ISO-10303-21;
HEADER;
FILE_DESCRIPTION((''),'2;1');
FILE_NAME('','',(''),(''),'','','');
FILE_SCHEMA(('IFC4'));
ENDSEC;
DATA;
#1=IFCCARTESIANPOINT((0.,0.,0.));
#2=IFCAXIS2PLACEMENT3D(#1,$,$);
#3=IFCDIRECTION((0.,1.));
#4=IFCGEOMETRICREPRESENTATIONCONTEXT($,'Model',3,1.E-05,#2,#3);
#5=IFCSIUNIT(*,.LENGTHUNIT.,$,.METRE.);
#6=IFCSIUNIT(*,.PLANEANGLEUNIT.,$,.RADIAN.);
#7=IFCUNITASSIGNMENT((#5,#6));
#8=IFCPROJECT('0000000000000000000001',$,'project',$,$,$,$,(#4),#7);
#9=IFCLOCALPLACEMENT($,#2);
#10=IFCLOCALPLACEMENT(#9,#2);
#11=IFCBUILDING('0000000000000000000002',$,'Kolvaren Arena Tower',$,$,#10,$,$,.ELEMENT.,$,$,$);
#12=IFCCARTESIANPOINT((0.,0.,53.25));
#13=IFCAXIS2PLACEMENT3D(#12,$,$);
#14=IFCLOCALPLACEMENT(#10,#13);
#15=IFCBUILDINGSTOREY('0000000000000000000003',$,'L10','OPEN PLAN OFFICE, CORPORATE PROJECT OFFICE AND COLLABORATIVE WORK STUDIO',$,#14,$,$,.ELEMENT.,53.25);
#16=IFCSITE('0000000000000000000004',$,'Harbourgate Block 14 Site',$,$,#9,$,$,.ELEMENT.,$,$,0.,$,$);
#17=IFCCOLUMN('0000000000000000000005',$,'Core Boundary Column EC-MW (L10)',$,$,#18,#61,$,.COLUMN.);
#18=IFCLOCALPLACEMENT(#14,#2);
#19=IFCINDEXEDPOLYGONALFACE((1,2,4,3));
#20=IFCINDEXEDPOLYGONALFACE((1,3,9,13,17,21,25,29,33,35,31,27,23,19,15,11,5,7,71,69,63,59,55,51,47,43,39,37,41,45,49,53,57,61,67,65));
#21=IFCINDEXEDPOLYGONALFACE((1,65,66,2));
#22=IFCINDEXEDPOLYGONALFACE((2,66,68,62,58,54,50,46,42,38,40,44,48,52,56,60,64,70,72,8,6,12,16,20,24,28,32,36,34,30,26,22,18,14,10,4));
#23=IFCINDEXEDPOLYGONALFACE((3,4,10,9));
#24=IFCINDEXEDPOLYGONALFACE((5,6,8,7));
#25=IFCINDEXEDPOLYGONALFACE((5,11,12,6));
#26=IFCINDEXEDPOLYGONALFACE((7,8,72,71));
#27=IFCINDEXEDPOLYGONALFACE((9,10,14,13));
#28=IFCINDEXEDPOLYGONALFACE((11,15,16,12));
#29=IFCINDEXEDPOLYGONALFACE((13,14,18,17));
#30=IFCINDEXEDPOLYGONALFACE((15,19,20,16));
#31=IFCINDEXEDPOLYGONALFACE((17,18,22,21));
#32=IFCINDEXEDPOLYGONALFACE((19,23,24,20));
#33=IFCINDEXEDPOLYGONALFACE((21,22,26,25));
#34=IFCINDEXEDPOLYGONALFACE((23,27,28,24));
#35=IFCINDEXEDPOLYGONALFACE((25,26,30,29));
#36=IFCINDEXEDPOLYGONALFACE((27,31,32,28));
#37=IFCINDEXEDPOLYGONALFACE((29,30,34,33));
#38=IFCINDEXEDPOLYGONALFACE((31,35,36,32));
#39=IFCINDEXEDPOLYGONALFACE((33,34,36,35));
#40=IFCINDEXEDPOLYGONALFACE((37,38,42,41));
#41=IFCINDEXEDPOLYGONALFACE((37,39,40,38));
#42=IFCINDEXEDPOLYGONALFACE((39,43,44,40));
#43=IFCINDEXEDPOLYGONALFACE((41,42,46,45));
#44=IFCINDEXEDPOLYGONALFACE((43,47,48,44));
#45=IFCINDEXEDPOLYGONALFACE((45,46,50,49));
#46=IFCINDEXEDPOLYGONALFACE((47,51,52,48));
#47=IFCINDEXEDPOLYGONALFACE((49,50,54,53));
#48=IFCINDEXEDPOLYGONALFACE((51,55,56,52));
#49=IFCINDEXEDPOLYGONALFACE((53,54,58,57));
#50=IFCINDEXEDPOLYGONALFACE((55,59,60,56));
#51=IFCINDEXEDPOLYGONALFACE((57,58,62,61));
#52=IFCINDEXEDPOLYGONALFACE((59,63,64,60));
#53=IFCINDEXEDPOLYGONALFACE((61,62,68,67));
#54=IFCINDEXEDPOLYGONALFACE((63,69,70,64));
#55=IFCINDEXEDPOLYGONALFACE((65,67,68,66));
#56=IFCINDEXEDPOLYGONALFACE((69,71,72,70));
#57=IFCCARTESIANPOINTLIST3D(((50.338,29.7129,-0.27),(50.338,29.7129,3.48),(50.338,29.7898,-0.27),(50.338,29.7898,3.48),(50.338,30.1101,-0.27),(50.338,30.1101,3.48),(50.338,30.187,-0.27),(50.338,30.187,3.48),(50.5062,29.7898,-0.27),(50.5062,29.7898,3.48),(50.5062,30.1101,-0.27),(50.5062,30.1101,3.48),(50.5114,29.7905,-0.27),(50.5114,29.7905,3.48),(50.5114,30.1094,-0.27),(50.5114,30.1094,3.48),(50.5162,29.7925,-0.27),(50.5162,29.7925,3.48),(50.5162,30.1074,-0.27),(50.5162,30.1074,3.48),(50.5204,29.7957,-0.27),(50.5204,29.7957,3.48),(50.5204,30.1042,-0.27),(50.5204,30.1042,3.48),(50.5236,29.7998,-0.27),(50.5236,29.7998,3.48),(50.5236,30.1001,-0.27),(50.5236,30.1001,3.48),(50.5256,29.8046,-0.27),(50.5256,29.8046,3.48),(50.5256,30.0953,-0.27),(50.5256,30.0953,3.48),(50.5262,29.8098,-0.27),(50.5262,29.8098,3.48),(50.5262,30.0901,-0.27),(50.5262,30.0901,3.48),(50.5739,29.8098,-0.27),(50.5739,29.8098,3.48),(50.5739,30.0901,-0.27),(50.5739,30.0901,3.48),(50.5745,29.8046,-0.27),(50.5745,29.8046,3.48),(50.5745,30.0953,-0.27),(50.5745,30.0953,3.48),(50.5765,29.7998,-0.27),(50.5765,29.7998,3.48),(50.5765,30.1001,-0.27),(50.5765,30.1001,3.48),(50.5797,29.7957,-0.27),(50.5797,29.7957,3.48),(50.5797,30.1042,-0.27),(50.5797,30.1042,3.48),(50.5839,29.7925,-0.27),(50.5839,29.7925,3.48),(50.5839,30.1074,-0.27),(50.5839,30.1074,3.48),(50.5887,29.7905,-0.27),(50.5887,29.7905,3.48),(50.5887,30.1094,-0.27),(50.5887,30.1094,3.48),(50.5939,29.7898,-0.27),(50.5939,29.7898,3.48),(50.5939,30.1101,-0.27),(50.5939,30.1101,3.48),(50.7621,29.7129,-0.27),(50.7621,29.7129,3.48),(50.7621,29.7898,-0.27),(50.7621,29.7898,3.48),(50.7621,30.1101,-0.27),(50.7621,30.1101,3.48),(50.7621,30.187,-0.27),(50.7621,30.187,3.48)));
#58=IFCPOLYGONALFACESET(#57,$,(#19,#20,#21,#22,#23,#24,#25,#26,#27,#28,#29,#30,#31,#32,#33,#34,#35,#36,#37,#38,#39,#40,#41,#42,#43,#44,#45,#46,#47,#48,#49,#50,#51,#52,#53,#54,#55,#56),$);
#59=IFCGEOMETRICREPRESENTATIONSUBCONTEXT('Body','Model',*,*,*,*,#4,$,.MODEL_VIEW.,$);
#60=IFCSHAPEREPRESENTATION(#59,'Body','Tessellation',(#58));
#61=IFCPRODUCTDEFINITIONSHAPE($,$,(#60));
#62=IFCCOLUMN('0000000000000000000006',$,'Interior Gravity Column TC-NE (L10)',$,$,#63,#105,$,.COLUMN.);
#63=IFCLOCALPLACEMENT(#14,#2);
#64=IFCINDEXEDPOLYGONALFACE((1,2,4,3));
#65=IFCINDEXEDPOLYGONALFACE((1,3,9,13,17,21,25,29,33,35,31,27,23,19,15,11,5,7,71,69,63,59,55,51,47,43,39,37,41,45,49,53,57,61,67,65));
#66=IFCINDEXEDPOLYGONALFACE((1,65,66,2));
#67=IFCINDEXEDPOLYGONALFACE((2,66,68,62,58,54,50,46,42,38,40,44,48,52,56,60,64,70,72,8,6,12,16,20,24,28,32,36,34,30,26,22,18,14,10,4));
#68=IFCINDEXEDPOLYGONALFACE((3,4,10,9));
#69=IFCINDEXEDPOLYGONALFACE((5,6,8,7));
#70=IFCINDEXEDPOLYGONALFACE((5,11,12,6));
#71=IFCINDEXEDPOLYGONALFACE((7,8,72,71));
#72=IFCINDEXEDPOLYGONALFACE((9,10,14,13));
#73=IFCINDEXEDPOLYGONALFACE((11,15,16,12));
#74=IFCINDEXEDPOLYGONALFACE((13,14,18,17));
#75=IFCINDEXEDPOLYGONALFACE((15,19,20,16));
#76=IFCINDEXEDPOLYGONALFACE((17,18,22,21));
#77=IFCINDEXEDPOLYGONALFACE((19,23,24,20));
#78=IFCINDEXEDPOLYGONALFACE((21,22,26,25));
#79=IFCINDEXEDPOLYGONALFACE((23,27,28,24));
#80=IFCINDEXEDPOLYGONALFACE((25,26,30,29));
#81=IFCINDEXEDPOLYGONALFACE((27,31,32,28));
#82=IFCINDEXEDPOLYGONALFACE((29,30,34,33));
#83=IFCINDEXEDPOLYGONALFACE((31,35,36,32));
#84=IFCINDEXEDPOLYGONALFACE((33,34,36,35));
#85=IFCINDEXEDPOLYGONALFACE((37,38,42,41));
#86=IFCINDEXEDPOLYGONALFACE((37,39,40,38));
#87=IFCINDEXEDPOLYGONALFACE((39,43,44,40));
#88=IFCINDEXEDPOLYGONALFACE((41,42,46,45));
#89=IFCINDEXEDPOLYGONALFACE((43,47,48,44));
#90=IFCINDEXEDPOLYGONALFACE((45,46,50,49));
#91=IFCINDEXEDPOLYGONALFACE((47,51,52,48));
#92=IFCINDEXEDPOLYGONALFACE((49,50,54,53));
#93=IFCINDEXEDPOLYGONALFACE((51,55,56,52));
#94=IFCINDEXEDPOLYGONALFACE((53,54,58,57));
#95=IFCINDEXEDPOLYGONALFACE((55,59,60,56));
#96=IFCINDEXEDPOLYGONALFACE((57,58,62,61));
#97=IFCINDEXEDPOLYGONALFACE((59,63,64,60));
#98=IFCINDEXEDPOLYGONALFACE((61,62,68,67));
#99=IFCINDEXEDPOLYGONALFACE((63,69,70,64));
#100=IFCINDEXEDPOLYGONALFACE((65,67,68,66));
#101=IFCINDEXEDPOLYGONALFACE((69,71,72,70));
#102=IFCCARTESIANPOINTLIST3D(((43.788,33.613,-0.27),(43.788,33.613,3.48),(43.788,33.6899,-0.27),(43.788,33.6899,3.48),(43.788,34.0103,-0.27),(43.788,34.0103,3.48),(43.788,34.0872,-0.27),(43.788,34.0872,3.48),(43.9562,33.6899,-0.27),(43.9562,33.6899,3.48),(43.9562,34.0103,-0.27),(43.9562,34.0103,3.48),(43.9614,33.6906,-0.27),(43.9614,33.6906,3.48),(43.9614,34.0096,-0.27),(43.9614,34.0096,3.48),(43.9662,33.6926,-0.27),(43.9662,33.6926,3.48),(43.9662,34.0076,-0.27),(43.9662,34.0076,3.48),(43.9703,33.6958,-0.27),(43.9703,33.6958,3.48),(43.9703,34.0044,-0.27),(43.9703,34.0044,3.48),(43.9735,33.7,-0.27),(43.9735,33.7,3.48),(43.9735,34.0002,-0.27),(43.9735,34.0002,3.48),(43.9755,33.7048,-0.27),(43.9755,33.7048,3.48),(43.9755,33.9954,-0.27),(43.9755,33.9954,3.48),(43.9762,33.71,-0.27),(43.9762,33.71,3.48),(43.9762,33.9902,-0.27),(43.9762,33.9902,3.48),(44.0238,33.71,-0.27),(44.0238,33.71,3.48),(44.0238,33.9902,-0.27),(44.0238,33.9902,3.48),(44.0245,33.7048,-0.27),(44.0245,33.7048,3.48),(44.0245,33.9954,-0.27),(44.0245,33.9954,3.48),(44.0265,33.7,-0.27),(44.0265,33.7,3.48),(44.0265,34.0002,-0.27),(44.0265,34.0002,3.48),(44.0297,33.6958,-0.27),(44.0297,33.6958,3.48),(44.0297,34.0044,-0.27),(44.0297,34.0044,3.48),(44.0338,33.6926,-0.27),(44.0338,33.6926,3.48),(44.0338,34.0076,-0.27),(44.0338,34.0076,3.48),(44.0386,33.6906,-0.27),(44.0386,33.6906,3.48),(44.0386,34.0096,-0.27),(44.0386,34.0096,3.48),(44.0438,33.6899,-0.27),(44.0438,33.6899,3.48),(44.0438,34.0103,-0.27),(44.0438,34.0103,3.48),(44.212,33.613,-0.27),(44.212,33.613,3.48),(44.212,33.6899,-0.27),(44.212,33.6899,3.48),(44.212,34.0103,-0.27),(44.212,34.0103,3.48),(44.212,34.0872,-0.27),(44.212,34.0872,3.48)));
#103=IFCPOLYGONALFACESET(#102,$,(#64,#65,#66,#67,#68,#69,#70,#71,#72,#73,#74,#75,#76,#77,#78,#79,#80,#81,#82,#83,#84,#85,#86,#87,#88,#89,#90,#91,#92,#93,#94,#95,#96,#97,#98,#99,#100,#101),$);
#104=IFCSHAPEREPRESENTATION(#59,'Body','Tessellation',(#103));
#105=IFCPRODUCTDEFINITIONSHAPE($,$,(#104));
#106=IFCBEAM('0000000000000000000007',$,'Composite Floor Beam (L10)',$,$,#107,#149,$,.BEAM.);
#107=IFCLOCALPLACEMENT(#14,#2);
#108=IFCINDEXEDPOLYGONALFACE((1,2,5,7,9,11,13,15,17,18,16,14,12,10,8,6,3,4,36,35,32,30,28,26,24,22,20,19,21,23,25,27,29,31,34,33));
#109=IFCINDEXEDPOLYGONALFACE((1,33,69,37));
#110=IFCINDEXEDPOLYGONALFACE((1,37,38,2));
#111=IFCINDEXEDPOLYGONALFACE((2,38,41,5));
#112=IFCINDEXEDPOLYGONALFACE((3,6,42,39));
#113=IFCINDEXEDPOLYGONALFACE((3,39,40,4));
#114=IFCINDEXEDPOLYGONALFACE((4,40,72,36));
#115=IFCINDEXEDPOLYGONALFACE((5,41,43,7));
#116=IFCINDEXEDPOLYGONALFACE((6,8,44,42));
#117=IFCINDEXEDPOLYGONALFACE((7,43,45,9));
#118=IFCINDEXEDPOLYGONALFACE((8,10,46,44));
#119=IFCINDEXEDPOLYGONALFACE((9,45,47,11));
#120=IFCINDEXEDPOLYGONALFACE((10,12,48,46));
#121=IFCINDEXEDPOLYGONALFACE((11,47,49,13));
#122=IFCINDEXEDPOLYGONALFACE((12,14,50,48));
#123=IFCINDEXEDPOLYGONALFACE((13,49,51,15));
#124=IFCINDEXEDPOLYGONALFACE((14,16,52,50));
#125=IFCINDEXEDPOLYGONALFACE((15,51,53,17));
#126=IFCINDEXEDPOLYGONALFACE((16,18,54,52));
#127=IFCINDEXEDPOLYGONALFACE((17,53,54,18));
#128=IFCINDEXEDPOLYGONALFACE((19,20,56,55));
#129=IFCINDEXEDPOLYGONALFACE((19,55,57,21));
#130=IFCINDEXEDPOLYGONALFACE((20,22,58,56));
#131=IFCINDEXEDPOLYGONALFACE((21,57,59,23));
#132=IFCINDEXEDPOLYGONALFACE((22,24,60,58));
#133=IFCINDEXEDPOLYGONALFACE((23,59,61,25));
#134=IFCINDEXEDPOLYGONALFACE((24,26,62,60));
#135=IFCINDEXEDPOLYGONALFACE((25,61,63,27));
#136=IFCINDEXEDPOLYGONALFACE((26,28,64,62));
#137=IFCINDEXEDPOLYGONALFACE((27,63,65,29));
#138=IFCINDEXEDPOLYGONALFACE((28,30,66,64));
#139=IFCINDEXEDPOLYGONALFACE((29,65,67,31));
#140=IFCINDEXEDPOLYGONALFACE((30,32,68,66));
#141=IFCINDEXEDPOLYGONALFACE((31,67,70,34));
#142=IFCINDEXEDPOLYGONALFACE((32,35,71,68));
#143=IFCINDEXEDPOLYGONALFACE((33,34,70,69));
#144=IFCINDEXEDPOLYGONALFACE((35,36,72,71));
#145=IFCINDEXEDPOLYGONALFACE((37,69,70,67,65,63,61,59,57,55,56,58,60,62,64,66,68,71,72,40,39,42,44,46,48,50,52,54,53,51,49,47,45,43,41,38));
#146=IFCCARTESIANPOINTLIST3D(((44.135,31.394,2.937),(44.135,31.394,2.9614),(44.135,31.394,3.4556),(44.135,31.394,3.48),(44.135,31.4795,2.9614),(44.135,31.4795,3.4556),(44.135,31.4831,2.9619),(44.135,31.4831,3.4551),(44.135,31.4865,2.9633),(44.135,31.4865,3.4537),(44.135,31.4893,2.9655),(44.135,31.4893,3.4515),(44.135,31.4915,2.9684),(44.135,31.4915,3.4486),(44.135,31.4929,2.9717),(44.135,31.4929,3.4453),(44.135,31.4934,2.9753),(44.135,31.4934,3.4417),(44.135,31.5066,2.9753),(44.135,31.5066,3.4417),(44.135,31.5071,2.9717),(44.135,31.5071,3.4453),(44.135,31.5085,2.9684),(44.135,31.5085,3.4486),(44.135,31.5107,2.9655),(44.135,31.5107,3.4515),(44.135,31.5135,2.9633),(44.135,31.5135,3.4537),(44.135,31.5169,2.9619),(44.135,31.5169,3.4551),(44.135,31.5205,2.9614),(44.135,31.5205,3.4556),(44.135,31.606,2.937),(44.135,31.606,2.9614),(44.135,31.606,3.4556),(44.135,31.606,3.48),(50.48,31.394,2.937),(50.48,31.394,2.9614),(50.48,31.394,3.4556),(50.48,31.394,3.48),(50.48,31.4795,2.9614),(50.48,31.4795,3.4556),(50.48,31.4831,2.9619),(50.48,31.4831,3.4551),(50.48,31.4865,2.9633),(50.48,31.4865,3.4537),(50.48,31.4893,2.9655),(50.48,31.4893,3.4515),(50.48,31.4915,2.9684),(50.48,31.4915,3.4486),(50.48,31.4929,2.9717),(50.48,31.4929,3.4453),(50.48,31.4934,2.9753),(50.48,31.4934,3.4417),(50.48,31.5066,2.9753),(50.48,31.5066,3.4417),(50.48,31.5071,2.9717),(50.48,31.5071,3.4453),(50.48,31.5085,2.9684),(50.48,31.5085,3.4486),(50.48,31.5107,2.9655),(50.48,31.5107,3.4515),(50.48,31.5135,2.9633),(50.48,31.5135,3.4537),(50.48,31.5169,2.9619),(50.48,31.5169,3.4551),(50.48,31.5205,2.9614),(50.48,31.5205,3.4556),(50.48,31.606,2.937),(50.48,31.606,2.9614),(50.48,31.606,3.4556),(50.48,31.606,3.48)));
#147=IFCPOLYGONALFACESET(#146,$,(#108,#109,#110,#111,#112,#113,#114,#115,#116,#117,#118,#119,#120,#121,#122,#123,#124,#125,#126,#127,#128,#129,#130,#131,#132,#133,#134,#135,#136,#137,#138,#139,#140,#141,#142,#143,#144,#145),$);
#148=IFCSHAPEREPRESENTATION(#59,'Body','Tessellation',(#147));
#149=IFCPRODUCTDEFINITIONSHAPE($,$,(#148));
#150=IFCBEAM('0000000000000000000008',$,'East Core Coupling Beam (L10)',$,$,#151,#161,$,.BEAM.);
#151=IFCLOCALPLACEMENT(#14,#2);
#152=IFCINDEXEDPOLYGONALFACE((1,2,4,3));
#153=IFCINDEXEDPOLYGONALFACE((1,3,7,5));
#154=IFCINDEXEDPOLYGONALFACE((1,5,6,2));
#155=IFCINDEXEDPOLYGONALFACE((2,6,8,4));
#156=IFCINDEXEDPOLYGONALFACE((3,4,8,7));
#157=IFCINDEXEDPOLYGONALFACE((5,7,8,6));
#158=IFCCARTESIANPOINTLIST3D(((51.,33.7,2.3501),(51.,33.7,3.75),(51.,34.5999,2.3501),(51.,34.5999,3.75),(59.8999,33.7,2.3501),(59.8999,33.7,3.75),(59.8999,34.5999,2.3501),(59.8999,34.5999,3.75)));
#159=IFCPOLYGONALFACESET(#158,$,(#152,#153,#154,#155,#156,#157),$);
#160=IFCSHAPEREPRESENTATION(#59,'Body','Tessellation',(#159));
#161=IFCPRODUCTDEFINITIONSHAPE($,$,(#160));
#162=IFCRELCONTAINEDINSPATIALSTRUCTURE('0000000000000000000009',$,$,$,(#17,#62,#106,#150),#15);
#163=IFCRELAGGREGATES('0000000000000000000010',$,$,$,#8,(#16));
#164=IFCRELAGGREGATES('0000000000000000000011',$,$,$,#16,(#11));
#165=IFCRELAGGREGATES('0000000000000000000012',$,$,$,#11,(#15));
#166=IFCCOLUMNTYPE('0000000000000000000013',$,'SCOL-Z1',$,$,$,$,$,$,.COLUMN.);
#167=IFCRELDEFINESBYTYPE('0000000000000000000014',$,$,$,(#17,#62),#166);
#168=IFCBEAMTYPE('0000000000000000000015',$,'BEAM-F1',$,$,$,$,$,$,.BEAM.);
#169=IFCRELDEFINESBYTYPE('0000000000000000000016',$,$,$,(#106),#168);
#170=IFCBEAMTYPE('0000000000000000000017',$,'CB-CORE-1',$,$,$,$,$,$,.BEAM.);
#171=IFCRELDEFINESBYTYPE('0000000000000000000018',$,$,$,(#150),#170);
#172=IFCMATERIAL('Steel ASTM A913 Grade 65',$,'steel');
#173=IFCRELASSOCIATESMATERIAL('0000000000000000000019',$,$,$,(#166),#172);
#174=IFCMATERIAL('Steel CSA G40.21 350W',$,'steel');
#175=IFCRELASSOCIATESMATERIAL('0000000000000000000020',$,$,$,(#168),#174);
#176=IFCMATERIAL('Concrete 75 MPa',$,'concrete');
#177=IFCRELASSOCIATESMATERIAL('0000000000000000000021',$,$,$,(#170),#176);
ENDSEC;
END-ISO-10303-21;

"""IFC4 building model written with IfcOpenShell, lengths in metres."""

from ifc_helpers import new_model, si_unit, direction, frame, origin, origin_2d, place, context, subcontext, project, spatial, rectangle, i_section, extrude, material, material_profile, profile_set, type_object, element, save


model = new_model("IFC4")

# Units and contexts
model_context = context("Model", 3, precision=1e-05, world=origin(), true_north=direction((0.0, 1.0)))
body_context = subcontext(model_context, "Body", "Model", "MODEL_VIEW")
ifc_project = project(units=[si_unit("LENGTHUNIT", "METRE"), si_unit("PLANEANGLEUNIT", "RADIAN")], contexts=[model_context])

# Site, building, storey
site_placement = place(None, origin())
site = spatial("IfcSite", under=ifc_project, at=site_placement, Name="Harbourgate Block 14 Site", CompositionType="ELEMENT", RefElevation=0.0)
building_placement = place(site_placement, origin())
building = spatial("IfcBuilding", under=site, at=building_placement, Name="Kolvaren Arena Tower", CompositionType="ELEMENT")
storey_placement = place(building_placement, frame((0.0, 0.0, 53.25)))
storey = spatial("IfcBuildingStorey", under=building, at=storey_placement, Name="L10", Description="OPEN PLAN OFFICE, CORPORATE PROJECT OFFICE AND COLLABORATIVE WORK STUDIO", CompositionType="ELEMENT", Elevation=53.25)

# Columns
ifc_material_1 = material(Name="Steel ASTM A913 Grade 65", Category="steel")
ifc_material_profile_1 = material_profile(ifc_material_1, i_section(OverallWidth=0.4241, OverallDepth=0.4741, WebThickness=0.0476, FlangeThickness=0.0769, FilletRadius=0.02, at=origin_2d()), Name="W360x634")
ifc_profile_set_1 = profile_set([ifc_material_profile_1], Name="Steel ASTM A913 Grade 65")
column_type = type_object("IfcColumnType", Name="SCOL-Z1", PredefinedType="COLUMN", material=ifc_profile_set_1)
for number, where, z_axis, x_axis, name in (
    (1, (50.55, 29.95, -0.27), (0.0, 0.0, 1.0), (1.0, 0.0, 0.0), "Core Boundary Column EC-MW (L10)"),
    (2, (44.0, 33.8501, -0.27), (0.0, 0.0, 1.0), (1.0, 0.0, 0.0), "Interior Gravity Column TC-NE (L10)"),
):
    element("IfcColumn", number, at=place(storey_placement, frame(where, z_axis=z_axis, x_axis=x_axis)), inside=storey, type_object=column_type, Name=name, PredefinedType="COLUMN", context=body_context, shape_type="SweptSolid", body=[
        extrude(i_section(OverallWidth=0.4241, OverallDepth=0.4741, WebThickness=0.0476, FlangeThickness=0.0769, FilletRadius=0.02, at=origin_2d()), origin(), (0.0, 0.0, 1.0), 3.75),
    ])

# Beams
ifc_material_2 = material(Name="Steel CSA G40.21 350W", Category="steel")
ifc_material_profile_2 = material_profile(ifc_material_2, i_section(OverallWidth=0.2119, OverallDepth=0.543, WebThickness=0.0132, FlangeThickness=0.0244, FilletRadius=0.0139, at=origin_2d()), Name="W530x150")
ifc_profile_set_2 = profile_set([ifc_material_profile_2], Name="Steel CSA G40.21 350W")
beam_type_1 = type_object("IfcBeamType", Name="BEAM-F1", PredefinedType="BEAM", material=ifc_profile_set_2)
beam_1_placement = place(storey_placement, frame((44.135, 31.5, 3.2085), z_axis=(1.0, 0.0, 0.0), x_axis=(0.0, 1.0, 0.0)))
element("IfcBeam", 3, at=beam_1_placement, inside=storey, type_object=beam_type_1, Name="Composite Floor Beam (L10)", PredefinedType="BEAM", context=body_context, shape_type="SweptSolid", body=[
    extrude(i_section(OverallWidth=0.2119, OverallDepth=0.543, WebThickness=0.0132, FlangeThickness=0.0244, FilletRadius=0.0139, at=origin_2d()), origin(), (0.0, 0.0, 1.0), 6.345),
])
ifc_material_3 = material(Name="Concrete 75 MPa", Category="concrete")
ifc_material_profile_3 = material_profile(ifc_material_3, rectangle(XDim=0.8999, YDim=1.3999, at=origin_2d()), Name="RC-900x1400")
ifc_profile_set_3 = profile_set([ifc_material_profile_3], Name="Concrete 75 MPa")
beam_type_2 = type_object("IfcBeamType", Name="CB-CORE-1", PredefinedType="BEAM", material=ifc_profile_set_3)
beam_2_placement = place(storey_placement, frame((51.0, 34.1499, 3.05), z_axis=(1.0, 0.0, 0.0), x_axis=(0.0, 1.0, 0.0)))
element("IfcBeam", 4, at=beam_2_placement, inside=storey, type_object=beam_type_2, Name="East Core Coupling Beam (L10)", PredefinedType="BEAM", context=body_context, shape_type="SweptSolid", body=[
    extrude(rectangle(XDim=0.8999, YDim=1.3999, at=origin_2d()), origin(), (0.0, 0.0, 1.0), 8.8999),
])

save(model, "model.ifc")
